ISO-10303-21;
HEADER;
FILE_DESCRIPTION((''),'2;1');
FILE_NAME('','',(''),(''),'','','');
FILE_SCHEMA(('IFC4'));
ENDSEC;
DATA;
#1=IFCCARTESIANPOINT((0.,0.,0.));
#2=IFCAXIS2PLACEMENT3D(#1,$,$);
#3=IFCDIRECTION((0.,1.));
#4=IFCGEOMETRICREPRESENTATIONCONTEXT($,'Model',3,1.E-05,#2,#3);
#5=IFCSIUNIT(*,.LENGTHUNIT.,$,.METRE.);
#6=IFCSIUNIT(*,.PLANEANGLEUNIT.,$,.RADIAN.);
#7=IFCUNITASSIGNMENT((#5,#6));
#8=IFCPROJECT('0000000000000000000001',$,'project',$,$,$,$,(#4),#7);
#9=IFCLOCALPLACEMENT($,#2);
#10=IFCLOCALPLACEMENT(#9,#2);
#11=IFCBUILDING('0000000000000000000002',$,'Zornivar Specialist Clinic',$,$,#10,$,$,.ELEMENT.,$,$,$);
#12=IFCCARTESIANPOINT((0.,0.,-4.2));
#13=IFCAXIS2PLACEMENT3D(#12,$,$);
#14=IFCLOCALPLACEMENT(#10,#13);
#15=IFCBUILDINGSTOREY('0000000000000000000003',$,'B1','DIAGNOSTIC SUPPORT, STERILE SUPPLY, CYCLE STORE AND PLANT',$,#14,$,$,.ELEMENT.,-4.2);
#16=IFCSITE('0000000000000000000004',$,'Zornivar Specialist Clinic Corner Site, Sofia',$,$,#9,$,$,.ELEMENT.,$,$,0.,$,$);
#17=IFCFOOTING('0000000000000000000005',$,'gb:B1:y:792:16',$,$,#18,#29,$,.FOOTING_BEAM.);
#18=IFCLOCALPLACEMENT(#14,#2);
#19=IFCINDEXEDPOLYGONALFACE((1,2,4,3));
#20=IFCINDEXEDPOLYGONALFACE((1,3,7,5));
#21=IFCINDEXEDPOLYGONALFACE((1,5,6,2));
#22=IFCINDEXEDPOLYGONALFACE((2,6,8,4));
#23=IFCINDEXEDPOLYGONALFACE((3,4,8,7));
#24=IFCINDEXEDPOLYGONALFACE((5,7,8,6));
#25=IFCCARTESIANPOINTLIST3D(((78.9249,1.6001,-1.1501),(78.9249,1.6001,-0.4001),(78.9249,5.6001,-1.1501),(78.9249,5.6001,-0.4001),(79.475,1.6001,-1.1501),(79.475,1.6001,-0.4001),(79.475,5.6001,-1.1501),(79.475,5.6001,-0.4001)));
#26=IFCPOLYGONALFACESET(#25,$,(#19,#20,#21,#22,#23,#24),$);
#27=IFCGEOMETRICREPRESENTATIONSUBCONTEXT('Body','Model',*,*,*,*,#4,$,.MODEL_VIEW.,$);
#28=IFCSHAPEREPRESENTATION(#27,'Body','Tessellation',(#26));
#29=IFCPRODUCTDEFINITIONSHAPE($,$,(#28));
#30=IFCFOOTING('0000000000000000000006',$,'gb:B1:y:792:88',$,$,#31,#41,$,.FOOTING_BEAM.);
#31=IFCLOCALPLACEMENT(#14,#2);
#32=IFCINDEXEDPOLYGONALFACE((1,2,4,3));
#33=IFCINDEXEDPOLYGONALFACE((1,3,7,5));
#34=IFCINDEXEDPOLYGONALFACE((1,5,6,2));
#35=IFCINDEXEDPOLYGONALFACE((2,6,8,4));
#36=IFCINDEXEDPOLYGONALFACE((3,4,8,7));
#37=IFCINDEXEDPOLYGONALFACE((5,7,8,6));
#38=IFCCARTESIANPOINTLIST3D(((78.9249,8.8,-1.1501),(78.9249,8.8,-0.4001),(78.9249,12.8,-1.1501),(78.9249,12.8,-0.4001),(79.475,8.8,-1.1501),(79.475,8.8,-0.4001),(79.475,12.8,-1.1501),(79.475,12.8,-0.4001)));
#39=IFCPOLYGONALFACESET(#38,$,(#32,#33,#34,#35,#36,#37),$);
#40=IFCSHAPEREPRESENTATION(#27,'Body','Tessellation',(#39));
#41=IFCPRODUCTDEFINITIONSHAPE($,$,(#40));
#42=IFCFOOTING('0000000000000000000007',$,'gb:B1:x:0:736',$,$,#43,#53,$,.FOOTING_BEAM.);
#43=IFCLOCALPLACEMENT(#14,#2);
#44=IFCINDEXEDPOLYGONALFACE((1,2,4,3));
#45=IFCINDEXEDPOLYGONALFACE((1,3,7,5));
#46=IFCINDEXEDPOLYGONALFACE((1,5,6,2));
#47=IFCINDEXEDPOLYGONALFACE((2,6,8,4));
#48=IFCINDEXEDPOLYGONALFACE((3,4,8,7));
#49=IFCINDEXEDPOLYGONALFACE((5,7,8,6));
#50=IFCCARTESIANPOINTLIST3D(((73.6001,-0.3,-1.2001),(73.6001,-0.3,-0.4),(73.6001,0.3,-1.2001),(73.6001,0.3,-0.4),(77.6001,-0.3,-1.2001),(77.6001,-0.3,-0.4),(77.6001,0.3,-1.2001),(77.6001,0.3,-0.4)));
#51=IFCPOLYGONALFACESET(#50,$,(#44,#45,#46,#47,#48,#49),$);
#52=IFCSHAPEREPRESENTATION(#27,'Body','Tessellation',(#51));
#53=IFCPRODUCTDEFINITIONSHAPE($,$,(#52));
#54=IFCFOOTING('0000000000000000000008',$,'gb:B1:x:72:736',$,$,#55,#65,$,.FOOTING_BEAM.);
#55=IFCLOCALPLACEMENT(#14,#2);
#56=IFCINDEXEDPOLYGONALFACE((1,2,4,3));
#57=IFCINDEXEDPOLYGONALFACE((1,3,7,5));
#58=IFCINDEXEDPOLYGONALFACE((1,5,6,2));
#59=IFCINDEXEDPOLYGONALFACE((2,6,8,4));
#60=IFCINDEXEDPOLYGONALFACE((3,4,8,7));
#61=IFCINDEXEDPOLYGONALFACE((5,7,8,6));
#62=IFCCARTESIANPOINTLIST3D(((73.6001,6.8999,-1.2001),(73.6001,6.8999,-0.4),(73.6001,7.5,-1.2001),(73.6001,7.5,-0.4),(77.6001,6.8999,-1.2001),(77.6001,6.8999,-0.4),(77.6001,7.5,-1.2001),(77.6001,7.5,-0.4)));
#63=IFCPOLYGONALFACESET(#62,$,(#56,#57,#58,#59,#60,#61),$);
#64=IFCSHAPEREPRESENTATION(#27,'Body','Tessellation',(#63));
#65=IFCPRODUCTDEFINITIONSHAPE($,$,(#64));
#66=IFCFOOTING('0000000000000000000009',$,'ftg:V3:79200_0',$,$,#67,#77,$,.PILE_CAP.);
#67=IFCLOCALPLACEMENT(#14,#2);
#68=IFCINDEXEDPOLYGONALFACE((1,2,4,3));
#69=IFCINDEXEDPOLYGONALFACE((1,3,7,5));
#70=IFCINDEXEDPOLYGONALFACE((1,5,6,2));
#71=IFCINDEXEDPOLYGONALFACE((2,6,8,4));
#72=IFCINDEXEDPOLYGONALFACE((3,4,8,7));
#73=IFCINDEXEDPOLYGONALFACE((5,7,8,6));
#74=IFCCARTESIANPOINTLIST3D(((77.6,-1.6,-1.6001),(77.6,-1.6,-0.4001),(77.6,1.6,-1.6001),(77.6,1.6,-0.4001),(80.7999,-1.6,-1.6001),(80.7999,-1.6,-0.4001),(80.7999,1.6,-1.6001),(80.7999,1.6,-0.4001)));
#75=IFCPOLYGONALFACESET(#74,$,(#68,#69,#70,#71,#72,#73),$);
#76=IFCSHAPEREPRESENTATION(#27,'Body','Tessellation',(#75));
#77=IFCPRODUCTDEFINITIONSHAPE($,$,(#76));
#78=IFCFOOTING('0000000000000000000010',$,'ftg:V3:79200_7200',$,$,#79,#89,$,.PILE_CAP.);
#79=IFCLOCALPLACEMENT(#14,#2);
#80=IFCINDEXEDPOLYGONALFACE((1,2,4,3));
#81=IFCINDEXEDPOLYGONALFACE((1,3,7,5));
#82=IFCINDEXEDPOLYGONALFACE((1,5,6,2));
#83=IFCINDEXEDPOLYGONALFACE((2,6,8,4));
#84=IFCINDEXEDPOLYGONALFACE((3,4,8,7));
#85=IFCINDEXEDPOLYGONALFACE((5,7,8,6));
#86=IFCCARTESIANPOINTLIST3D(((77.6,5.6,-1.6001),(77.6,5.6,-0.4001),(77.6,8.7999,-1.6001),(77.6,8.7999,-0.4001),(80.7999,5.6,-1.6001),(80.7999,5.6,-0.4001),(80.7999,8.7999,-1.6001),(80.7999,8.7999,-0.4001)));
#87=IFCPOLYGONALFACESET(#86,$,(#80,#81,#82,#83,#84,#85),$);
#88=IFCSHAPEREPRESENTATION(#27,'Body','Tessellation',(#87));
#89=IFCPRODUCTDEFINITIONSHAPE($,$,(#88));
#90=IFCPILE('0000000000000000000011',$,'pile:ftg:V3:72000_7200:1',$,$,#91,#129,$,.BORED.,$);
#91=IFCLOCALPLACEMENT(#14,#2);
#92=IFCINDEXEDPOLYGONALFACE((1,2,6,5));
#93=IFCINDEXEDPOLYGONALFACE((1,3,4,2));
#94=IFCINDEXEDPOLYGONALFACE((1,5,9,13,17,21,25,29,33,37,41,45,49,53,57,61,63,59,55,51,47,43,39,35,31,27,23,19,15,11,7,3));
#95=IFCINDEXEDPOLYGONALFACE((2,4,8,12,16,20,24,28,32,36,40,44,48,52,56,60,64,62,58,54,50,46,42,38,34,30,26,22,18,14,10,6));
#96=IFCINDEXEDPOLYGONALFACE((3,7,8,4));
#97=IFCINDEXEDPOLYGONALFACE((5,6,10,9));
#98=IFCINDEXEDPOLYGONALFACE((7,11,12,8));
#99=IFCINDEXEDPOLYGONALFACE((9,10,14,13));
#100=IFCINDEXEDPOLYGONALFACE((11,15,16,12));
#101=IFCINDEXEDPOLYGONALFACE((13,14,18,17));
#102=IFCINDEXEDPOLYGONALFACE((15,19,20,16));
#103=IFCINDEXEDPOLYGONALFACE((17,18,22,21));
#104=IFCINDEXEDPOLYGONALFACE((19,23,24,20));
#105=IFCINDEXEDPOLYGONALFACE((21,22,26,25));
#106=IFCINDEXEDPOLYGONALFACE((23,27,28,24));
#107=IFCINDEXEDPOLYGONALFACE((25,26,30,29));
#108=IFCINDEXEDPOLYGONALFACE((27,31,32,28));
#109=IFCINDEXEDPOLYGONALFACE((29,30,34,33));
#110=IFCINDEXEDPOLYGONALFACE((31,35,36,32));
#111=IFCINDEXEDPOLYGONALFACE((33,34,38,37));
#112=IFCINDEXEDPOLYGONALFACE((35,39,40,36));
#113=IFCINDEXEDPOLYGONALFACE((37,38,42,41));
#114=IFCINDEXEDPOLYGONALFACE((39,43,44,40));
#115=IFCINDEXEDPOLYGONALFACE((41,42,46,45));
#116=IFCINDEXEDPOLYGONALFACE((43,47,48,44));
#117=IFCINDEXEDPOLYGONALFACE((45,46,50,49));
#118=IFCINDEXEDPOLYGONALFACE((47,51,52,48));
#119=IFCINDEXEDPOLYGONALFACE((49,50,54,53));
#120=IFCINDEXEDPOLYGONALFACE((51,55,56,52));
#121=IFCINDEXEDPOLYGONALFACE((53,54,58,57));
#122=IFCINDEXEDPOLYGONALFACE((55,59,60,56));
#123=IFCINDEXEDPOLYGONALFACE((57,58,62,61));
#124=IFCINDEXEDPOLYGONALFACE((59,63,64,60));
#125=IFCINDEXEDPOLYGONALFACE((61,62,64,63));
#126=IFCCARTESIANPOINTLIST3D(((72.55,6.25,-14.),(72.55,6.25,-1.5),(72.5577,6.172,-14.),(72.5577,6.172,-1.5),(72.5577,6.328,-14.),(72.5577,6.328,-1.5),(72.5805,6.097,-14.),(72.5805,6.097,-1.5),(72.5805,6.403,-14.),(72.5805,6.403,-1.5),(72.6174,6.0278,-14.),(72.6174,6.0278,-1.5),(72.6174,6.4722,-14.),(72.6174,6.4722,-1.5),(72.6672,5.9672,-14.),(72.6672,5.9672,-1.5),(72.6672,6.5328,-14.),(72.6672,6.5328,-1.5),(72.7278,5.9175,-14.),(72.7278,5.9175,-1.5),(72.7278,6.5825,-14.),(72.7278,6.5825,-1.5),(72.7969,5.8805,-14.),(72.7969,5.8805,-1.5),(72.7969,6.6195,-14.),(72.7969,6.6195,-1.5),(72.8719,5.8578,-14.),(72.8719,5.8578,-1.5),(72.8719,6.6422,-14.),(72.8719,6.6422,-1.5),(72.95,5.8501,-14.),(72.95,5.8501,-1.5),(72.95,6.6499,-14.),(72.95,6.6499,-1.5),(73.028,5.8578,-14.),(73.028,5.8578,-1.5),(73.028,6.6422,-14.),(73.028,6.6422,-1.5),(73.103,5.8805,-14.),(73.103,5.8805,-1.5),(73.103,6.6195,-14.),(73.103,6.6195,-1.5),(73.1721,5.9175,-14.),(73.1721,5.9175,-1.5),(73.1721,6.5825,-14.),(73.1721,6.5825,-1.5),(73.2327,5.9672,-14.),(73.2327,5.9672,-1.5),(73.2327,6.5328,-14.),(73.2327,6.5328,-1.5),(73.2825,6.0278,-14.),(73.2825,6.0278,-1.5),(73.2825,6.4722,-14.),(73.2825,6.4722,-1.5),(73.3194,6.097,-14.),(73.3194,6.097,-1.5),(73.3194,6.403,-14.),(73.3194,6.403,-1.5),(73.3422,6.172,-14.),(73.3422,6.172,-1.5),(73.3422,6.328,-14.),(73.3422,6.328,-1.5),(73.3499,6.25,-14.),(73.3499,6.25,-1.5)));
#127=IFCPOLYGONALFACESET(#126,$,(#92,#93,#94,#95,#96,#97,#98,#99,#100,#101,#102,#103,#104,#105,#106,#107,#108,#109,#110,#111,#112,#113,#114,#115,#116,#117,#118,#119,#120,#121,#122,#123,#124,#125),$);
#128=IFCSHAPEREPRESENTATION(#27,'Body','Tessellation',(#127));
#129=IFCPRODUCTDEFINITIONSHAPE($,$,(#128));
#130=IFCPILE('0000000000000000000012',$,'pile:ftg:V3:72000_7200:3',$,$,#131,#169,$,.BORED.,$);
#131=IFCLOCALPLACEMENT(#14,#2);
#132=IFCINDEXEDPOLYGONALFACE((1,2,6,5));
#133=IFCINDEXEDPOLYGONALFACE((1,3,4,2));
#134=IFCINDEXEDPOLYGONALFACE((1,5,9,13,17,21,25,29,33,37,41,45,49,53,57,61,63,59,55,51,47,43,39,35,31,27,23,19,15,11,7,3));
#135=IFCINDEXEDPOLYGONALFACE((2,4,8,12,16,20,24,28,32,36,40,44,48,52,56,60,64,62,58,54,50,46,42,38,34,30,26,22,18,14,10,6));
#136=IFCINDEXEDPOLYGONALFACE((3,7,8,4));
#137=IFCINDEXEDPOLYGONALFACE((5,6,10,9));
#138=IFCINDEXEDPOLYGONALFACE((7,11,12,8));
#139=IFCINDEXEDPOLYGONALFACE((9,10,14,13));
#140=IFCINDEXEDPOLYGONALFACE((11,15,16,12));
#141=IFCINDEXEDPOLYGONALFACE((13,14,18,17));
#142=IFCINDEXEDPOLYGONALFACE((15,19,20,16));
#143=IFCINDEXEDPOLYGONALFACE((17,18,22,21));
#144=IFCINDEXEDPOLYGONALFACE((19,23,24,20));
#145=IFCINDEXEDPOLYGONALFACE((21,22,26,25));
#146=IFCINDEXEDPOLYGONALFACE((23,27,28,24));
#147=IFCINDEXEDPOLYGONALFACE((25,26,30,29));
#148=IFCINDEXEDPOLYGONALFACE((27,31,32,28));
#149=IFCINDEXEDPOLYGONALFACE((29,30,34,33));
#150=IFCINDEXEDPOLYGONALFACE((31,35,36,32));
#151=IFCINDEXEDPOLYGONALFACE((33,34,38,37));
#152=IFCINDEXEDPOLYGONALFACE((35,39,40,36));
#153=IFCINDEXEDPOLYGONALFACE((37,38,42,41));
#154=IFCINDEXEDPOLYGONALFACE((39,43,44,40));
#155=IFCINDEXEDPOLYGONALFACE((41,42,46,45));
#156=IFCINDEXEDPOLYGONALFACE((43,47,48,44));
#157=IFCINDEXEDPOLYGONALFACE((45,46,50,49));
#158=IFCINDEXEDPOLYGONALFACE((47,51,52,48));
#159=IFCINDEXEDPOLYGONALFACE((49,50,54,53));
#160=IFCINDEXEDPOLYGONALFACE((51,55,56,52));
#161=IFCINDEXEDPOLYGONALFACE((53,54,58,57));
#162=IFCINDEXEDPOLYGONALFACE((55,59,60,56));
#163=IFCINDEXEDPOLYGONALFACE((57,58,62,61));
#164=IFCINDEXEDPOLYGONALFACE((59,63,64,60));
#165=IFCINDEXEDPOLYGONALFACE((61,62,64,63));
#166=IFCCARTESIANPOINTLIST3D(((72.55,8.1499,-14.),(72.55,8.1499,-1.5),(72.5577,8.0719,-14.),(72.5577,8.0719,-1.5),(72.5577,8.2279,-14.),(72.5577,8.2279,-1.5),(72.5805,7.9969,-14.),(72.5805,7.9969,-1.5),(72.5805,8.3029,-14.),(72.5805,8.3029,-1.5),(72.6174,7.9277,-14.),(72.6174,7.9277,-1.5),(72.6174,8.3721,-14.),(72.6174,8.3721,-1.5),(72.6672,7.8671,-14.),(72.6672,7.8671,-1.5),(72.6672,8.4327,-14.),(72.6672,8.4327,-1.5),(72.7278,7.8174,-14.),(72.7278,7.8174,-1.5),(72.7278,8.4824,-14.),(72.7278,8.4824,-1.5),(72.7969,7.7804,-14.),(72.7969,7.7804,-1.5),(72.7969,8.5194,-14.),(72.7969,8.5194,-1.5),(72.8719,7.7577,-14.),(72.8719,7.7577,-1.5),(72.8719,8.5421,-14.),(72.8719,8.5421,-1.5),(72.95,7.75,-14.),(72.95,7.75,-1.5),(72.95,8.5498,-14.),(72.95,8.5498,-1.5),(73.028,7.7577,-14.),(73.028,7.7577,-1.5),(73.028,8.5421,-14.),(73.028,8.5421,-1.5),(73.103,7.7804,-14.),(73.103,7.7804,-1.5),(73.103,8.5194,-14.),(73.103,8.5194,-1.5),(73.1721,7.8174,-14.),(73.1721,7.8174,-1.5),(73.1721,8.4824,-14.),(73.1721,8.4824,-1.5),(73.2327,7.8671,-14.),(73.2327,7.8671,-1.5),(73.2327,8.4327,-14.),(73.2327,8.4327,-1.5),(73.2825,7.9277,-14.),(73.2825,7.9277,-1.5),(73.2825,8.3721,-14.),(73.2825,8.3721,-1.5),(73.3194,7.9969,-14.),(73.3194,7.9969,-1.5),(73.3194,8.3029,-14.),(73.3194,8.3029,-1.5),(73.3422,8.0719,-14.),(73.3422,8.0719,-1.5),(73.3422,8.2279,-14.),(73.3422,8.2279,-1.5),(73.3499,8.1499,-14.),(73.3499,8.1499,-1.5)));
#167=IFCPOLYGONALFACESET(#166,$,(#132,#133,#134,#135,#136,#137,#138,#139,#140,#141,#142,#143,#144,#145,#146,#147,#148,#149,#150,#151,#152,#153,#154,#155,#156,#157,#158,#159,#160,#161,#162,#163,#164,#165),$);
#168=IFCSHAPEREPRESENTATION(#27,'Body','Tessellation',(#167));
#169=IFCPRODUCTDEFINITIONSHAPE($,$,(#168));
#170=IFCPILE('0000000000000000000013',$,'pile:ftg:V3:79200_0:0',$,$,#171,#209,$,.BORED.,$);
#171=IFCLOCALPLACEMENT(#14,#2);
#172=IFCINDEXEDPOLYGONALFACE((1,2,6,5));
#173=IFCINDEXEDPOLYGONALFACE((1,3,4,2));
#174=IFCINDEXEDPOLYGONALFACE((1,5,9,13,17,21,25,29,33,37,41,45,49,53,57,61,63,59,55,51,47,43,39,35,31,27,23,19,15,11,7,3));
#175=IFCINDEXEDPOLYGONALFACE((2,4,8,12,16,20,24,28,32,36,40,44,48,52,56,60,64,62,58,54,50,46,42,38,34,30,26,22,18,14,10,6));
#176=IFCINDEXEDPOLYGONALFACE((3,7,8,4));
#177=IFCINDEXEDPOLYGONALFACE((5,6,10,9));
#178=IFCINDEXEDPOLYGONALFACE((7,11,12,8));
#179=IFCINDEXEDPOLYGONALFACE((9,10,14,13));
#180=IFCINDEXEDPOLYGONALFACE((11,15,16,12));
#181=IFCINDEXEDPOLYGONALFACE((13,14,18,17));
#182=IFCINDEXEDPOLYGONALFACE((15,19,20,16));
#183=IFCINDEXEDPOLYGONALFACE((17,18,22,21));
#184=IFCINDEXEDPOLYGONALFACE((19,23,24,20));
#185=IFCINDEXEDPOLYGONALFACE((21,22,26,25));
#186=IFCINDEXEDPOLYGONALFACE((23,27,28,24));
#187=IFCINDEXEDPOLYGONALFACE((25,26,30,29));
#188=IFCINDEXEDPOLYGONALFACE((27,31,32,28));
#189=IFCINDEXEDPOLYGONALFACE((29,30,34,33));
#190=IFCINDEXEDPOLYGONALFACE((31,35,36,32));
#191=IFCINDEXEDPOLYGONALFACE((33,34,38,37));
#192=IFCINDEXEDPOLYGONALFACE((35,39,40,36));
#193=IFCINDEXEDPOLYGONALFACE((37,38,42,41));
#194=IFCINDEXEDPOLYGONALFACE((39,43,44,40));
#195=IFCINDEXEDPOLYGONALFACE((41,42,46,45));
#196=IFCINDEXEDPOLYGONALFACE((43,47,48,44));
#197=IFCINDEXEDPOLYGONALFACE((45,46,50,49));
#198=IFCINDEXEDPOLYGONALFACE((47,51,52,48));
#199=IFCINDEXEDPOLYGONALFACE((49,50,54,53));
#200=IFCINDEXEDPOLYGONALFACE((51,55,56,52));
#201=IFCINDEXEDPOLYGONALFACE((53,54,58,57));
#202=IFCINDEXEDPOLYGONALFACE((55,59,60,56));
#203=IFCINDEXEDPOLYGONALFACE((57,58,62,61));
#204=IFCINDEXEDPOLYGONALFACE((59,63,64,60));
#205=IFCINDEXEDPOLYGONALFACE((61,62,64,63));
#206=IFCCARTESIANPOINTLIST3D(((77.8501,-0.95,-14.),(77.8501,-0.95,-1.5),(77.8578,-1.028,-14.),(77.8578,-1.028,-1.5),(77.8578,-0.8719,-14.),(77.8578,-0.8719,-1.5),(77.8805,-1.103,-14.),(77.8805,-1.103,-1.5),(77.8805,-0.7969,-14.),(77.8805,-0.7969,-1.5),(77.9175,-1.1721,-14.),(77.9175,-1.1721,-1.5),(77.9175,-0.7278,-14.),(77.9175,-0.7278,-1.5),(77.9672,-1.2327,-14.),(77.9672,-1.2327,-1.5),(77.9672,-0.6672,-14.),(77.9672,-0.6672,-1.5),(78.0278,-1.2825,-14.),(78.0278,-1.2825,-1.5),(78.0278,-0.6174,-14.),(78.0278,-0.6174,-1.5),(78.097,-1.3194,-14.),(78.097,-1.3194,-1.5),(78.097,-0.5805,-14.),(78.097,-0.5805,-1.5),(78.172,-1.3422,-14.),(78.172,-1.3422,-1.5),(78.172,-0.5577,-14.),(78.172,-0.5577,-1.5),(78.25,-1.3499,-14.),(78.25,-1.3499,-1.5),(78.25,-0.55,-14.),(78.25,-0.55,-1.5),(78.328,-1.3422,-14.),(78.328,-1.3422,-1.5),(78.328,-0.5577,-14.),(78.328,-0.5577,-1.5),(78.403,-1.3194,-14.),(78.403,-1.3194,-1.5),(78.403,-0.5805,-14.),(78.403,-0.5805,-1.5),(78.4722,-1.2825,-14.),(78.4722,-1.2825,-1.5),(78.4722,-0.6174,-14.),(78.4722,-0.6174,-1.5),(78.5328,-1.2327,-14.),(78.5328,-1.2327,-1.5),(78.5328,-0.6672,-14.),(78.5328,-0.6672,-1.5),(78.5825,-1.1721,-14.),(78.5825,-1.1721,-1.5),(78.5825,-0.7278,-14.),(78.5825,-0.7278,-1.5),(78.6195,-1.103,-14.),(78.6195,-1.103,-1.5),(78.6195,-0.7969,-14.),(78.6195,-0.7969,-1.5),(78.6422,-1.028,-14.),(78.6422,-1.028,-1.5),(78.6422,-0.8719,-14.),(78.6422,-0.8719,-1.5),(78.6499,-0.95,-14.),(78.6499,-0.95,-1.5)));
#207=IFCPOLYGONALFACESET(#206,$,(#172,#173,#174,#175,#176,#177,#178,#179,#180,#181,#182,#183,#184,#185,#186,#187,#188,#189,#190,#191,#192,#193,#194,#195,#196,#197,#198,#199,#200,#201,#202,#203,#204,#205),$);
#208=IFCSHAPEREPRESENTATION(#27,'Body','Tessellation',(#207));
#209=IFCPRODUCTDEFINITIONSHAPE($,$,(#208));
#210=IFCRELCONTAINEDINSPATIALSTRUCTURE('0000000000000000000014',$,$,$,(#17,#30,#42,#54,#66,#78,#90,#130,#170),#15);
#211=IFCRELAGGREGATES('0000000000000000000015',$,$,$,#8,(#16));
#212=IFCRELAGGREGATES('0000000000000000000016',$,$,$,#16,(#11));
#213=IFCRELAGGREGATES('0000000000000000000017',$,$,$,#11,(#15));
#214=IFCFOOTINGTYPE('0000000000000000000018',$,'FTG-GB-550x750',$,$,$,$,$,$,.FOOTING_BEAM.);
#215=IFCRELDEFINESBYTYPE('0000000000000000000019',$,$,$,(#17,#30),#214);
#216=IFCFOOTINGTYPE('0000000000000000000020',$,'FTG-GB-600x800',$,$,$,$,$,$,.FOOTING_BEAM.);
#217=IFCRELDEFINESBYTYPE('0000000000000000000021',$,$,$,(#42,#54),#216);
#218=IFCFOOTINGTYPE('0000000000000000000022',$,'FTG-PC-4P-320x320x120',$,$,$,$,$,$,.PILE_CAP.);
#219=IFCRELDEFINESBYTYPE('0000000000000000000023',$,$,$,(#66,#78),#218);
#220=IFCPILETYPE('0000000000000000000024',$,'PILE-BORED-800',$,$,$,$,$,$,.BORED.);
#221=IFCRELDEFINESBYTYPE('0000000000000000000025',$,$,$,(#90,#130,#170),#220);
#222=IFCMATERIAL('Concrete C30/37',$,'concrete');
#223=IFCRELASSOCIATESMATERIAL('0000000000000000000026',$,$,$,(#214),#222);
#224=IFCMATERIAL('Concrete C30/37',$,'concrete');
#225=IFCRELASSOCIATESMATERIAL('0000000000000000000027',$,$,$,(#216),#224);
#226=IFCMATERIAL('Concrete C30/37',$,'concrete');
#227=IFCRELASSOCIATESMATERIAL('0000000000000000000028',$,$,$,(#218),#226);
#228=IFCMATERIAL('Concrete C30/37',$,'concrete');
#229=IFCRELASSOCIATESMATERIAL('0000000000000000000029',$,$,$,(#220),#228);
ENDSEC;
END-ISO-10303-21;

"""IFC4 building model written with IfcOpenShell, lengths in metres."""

from ifc_helpers import new_model, si_unit, direction, frame, origin, origin_2d, place, context, subcontext, project, spatial, rectangle, circle, extrude, material, material_profile, profile_set, type_object, element, save


model = new_model("IFC4")

# Units and contexts
model_context = context("Model", 3, precision=1e-05, world=origin(), true_north=direction((0.0, 1.0)))
body_context = subcontext(model_context, "Body", "Model", "MODEL_VIEW")
ifc_project = project(units=[si_unit("LENGTHUNIT", "METRE"), si_unit("PLANEANGLEUNIT", "RADIAN")], contexts=[model_context])

# Site, building, storey
site_placement = place(None, origin())
site = spatial("IfcSite", under=ifc_project, at=site_placement, Name="Zornivar Specialist Clinic Corner Site, Sofia", CompositionType="ELEMENT", RefElevation=0.0)
building_placement = place(site_placement, origin())
building = spatial("IfcBuilding", under=site, at=building_placement, Name="Zornivar Specialist Clinic", CompositionType="ELEMENT")
storey_placement = place(building_placement, frame((0.0, 0.0, -4.2)))
storey = spatial("IfcBuildingStorey", under=building, at=storey_placement, Name="B1", Description="DIAGNOSTIC SUPPORT, STERILE SUPPLY, CYCLE STORE AND PLANT", CompositionType="ELEMENT", Elevation=-4.2)

# Footings
ifc_material_1 = material(Name="Concrete C30/37", Category="concrete")
ifc_material_profile_1 = material_profile(ifc_material_1, rectangle(XDim=0.55, YDim=0.75, at=origin_2d()), Name="RC 550x750")
ifc_profile_set_1 = profile_set([ifc_material_profile_1], Name="Concrete C30/37")
footing_type_1 = type_object("IfcFootingType", Name="FTG-GB-550x750", PredefinedType="FOOTING_BEAM", material=ifc_profile_set_1)
for number, where, z_axis, x_axis, name in (
    (1, (79.2, 1.6001, -0.7751), (0.0, 1.0, 0.0), (-1.0, 0.0, 0.0), "gb:B1:y:792:16"),
    (2, (79.2, 8.8, -0.7751), (0.0, 1.0, 0.0), (-1.0, 0.0, 0.0), "gb:B1:y:792:88"),
):
    element("IfcFooting", number, at=place(storey_placement, frame(where, z_axis=z_axis, x_axis=x_axis)), inside=storey, type_object=footing_type_1, Name=name, PredefinedType="FOOTING_BEAM", context=body_context, shape_type="SweptSolid", body=[
        extrude(rectangle(XDim=0.55, YDim=0.75, at=origin_2d()), origin(), (0.0, 0.0, 1.0), 4.0),
    ])
ifc_material_2 = material(Name="Concrete C30/37", Category="concrete")
ifc_material_profile_2 = material_profile(ifc_material_2, rectangle(XDim=0.6001, YDim=0.8, at=origin_2d()), Name="RC 600x800")
ifc_profile_set_2 = profile_set([ifc_material_profile_2], Name="Concrete C30/37")
footing_type_2 = type_object("IfcFootingType", Name="FTG-GB-600x800", PredefinedType="FOOTING_BEAM", material=ifc_profile_set_2)
for number, where, z_axis, x_axis, name in (
    (3, (73.6001, 0.0, -0.8), (1.0, 0.0, 0.0), (0.0, 1.0, 0.0), "gb:B1:x:0:736"),
    (4, (73.6001, 7.2, -0.8), (1.0, 0.0, 0.0), (0.0, 1.0, 0.0), "gb:B1:x:72:736"),
):
    element("IfcFooting", number, at=place(storey_placement, frame(where, z_axis=z_axis, x_axis=x_axis)), inside=storey, type_object=footing_type_2, Name=name, PredefinedType="FOOTING_BEAM", context=body_context, shape_type="SweptSolid", body=[
        extrude(rectangle(XDim=0.6001, YDim=0.8, at=origin_2d()), origin(), (0.0, 0.0, 1.0), 4.0),
    ])
ifc_material_3 = material(Name="Concrete C30/37", Category="concrete")
footing_type_3 = type_object("IfcFootingType", Name="FTG-PC-4P-320x320x120", PredefinedType="PILE_CAP", material=ifc_material_3)
for number, where, z_axis, x_axis, name in (
    (5, (79.2, 0.0, -1.6001), (0.0, 0.0, 1.0), (1.0, 0.0, 0.0), "ftg:V3:79200_0"),
    (6, (79.2, 7.2, -1.6001), (0.0, 0.0, 1.0), (1.0, 0.0, 0.0), "ftg:V3:79200_7200"),
):
    element("IfcFooting", number, at=place(storey_placement, frame(where, z_axis=z_axis, x_axis=x_axis)), inside=storey, type_object=footing_type_3, Name=name, PredefinedType="PILE_CAP", context=body_context, shape_type="SweptSolid", body=[
        extrude(rectangle(XDim=3.2, YDim=3.2, at=origin_2d()), origin(), (0.0, 0.0, 1.0), 1.2),
    ])

# Piles
ifc_material_4 = material(Name="Concrete C30/37", Category="concrete")
ifc_material_profile_3 = material_profile(ifc_material_4, circle(Radius=0.3999, at=origin_2d()), Name="PILE D800")
ifc_profile_set_3 = profile_set([ifc_material_profile_3], Name="Concrete C30/37")
pile_type = type_object("IfcPileType", Name="PILE-BORED-800", PredefinedType="BORED", material=ifc_profile_set_3)
for number, where, z_axis, x_axis, name in (
    (7, (72.95, 6.25, -1.5), (0.0, 0.0, -1.0), (1.0, 0.0, 0.0), "pile:ftg:V3:72000_7200:1"),
    (8, (72.95, 8.1499, -1.5), (0.0, 0.0, -1.0), (1.0, 0.0, 0.0), "pile:ftg:V3:72000_7200:3"),
    (9, (78.25, -0.95, -1.5), (0.0, 0.0, -1.0), (1.0, 0.0, 0.0), "pile:ftg:V3:79200_0:0"),
):
    element("IfcPile", number, at=place(storey_placement, frame(where, z_axis=z_axis, x_axis=x_axis)), inside=storey, type_object=pile_type, Name=name, PredefinedType="BORED", context=body_context, shape_type="SweptSolid", body=[
        extrude(circle(Radius=0.3999, at=origin_2d()), origin(), (0.0, 0.0, 1.0), 12.5),
    ])

save(model, "model.ifc")
